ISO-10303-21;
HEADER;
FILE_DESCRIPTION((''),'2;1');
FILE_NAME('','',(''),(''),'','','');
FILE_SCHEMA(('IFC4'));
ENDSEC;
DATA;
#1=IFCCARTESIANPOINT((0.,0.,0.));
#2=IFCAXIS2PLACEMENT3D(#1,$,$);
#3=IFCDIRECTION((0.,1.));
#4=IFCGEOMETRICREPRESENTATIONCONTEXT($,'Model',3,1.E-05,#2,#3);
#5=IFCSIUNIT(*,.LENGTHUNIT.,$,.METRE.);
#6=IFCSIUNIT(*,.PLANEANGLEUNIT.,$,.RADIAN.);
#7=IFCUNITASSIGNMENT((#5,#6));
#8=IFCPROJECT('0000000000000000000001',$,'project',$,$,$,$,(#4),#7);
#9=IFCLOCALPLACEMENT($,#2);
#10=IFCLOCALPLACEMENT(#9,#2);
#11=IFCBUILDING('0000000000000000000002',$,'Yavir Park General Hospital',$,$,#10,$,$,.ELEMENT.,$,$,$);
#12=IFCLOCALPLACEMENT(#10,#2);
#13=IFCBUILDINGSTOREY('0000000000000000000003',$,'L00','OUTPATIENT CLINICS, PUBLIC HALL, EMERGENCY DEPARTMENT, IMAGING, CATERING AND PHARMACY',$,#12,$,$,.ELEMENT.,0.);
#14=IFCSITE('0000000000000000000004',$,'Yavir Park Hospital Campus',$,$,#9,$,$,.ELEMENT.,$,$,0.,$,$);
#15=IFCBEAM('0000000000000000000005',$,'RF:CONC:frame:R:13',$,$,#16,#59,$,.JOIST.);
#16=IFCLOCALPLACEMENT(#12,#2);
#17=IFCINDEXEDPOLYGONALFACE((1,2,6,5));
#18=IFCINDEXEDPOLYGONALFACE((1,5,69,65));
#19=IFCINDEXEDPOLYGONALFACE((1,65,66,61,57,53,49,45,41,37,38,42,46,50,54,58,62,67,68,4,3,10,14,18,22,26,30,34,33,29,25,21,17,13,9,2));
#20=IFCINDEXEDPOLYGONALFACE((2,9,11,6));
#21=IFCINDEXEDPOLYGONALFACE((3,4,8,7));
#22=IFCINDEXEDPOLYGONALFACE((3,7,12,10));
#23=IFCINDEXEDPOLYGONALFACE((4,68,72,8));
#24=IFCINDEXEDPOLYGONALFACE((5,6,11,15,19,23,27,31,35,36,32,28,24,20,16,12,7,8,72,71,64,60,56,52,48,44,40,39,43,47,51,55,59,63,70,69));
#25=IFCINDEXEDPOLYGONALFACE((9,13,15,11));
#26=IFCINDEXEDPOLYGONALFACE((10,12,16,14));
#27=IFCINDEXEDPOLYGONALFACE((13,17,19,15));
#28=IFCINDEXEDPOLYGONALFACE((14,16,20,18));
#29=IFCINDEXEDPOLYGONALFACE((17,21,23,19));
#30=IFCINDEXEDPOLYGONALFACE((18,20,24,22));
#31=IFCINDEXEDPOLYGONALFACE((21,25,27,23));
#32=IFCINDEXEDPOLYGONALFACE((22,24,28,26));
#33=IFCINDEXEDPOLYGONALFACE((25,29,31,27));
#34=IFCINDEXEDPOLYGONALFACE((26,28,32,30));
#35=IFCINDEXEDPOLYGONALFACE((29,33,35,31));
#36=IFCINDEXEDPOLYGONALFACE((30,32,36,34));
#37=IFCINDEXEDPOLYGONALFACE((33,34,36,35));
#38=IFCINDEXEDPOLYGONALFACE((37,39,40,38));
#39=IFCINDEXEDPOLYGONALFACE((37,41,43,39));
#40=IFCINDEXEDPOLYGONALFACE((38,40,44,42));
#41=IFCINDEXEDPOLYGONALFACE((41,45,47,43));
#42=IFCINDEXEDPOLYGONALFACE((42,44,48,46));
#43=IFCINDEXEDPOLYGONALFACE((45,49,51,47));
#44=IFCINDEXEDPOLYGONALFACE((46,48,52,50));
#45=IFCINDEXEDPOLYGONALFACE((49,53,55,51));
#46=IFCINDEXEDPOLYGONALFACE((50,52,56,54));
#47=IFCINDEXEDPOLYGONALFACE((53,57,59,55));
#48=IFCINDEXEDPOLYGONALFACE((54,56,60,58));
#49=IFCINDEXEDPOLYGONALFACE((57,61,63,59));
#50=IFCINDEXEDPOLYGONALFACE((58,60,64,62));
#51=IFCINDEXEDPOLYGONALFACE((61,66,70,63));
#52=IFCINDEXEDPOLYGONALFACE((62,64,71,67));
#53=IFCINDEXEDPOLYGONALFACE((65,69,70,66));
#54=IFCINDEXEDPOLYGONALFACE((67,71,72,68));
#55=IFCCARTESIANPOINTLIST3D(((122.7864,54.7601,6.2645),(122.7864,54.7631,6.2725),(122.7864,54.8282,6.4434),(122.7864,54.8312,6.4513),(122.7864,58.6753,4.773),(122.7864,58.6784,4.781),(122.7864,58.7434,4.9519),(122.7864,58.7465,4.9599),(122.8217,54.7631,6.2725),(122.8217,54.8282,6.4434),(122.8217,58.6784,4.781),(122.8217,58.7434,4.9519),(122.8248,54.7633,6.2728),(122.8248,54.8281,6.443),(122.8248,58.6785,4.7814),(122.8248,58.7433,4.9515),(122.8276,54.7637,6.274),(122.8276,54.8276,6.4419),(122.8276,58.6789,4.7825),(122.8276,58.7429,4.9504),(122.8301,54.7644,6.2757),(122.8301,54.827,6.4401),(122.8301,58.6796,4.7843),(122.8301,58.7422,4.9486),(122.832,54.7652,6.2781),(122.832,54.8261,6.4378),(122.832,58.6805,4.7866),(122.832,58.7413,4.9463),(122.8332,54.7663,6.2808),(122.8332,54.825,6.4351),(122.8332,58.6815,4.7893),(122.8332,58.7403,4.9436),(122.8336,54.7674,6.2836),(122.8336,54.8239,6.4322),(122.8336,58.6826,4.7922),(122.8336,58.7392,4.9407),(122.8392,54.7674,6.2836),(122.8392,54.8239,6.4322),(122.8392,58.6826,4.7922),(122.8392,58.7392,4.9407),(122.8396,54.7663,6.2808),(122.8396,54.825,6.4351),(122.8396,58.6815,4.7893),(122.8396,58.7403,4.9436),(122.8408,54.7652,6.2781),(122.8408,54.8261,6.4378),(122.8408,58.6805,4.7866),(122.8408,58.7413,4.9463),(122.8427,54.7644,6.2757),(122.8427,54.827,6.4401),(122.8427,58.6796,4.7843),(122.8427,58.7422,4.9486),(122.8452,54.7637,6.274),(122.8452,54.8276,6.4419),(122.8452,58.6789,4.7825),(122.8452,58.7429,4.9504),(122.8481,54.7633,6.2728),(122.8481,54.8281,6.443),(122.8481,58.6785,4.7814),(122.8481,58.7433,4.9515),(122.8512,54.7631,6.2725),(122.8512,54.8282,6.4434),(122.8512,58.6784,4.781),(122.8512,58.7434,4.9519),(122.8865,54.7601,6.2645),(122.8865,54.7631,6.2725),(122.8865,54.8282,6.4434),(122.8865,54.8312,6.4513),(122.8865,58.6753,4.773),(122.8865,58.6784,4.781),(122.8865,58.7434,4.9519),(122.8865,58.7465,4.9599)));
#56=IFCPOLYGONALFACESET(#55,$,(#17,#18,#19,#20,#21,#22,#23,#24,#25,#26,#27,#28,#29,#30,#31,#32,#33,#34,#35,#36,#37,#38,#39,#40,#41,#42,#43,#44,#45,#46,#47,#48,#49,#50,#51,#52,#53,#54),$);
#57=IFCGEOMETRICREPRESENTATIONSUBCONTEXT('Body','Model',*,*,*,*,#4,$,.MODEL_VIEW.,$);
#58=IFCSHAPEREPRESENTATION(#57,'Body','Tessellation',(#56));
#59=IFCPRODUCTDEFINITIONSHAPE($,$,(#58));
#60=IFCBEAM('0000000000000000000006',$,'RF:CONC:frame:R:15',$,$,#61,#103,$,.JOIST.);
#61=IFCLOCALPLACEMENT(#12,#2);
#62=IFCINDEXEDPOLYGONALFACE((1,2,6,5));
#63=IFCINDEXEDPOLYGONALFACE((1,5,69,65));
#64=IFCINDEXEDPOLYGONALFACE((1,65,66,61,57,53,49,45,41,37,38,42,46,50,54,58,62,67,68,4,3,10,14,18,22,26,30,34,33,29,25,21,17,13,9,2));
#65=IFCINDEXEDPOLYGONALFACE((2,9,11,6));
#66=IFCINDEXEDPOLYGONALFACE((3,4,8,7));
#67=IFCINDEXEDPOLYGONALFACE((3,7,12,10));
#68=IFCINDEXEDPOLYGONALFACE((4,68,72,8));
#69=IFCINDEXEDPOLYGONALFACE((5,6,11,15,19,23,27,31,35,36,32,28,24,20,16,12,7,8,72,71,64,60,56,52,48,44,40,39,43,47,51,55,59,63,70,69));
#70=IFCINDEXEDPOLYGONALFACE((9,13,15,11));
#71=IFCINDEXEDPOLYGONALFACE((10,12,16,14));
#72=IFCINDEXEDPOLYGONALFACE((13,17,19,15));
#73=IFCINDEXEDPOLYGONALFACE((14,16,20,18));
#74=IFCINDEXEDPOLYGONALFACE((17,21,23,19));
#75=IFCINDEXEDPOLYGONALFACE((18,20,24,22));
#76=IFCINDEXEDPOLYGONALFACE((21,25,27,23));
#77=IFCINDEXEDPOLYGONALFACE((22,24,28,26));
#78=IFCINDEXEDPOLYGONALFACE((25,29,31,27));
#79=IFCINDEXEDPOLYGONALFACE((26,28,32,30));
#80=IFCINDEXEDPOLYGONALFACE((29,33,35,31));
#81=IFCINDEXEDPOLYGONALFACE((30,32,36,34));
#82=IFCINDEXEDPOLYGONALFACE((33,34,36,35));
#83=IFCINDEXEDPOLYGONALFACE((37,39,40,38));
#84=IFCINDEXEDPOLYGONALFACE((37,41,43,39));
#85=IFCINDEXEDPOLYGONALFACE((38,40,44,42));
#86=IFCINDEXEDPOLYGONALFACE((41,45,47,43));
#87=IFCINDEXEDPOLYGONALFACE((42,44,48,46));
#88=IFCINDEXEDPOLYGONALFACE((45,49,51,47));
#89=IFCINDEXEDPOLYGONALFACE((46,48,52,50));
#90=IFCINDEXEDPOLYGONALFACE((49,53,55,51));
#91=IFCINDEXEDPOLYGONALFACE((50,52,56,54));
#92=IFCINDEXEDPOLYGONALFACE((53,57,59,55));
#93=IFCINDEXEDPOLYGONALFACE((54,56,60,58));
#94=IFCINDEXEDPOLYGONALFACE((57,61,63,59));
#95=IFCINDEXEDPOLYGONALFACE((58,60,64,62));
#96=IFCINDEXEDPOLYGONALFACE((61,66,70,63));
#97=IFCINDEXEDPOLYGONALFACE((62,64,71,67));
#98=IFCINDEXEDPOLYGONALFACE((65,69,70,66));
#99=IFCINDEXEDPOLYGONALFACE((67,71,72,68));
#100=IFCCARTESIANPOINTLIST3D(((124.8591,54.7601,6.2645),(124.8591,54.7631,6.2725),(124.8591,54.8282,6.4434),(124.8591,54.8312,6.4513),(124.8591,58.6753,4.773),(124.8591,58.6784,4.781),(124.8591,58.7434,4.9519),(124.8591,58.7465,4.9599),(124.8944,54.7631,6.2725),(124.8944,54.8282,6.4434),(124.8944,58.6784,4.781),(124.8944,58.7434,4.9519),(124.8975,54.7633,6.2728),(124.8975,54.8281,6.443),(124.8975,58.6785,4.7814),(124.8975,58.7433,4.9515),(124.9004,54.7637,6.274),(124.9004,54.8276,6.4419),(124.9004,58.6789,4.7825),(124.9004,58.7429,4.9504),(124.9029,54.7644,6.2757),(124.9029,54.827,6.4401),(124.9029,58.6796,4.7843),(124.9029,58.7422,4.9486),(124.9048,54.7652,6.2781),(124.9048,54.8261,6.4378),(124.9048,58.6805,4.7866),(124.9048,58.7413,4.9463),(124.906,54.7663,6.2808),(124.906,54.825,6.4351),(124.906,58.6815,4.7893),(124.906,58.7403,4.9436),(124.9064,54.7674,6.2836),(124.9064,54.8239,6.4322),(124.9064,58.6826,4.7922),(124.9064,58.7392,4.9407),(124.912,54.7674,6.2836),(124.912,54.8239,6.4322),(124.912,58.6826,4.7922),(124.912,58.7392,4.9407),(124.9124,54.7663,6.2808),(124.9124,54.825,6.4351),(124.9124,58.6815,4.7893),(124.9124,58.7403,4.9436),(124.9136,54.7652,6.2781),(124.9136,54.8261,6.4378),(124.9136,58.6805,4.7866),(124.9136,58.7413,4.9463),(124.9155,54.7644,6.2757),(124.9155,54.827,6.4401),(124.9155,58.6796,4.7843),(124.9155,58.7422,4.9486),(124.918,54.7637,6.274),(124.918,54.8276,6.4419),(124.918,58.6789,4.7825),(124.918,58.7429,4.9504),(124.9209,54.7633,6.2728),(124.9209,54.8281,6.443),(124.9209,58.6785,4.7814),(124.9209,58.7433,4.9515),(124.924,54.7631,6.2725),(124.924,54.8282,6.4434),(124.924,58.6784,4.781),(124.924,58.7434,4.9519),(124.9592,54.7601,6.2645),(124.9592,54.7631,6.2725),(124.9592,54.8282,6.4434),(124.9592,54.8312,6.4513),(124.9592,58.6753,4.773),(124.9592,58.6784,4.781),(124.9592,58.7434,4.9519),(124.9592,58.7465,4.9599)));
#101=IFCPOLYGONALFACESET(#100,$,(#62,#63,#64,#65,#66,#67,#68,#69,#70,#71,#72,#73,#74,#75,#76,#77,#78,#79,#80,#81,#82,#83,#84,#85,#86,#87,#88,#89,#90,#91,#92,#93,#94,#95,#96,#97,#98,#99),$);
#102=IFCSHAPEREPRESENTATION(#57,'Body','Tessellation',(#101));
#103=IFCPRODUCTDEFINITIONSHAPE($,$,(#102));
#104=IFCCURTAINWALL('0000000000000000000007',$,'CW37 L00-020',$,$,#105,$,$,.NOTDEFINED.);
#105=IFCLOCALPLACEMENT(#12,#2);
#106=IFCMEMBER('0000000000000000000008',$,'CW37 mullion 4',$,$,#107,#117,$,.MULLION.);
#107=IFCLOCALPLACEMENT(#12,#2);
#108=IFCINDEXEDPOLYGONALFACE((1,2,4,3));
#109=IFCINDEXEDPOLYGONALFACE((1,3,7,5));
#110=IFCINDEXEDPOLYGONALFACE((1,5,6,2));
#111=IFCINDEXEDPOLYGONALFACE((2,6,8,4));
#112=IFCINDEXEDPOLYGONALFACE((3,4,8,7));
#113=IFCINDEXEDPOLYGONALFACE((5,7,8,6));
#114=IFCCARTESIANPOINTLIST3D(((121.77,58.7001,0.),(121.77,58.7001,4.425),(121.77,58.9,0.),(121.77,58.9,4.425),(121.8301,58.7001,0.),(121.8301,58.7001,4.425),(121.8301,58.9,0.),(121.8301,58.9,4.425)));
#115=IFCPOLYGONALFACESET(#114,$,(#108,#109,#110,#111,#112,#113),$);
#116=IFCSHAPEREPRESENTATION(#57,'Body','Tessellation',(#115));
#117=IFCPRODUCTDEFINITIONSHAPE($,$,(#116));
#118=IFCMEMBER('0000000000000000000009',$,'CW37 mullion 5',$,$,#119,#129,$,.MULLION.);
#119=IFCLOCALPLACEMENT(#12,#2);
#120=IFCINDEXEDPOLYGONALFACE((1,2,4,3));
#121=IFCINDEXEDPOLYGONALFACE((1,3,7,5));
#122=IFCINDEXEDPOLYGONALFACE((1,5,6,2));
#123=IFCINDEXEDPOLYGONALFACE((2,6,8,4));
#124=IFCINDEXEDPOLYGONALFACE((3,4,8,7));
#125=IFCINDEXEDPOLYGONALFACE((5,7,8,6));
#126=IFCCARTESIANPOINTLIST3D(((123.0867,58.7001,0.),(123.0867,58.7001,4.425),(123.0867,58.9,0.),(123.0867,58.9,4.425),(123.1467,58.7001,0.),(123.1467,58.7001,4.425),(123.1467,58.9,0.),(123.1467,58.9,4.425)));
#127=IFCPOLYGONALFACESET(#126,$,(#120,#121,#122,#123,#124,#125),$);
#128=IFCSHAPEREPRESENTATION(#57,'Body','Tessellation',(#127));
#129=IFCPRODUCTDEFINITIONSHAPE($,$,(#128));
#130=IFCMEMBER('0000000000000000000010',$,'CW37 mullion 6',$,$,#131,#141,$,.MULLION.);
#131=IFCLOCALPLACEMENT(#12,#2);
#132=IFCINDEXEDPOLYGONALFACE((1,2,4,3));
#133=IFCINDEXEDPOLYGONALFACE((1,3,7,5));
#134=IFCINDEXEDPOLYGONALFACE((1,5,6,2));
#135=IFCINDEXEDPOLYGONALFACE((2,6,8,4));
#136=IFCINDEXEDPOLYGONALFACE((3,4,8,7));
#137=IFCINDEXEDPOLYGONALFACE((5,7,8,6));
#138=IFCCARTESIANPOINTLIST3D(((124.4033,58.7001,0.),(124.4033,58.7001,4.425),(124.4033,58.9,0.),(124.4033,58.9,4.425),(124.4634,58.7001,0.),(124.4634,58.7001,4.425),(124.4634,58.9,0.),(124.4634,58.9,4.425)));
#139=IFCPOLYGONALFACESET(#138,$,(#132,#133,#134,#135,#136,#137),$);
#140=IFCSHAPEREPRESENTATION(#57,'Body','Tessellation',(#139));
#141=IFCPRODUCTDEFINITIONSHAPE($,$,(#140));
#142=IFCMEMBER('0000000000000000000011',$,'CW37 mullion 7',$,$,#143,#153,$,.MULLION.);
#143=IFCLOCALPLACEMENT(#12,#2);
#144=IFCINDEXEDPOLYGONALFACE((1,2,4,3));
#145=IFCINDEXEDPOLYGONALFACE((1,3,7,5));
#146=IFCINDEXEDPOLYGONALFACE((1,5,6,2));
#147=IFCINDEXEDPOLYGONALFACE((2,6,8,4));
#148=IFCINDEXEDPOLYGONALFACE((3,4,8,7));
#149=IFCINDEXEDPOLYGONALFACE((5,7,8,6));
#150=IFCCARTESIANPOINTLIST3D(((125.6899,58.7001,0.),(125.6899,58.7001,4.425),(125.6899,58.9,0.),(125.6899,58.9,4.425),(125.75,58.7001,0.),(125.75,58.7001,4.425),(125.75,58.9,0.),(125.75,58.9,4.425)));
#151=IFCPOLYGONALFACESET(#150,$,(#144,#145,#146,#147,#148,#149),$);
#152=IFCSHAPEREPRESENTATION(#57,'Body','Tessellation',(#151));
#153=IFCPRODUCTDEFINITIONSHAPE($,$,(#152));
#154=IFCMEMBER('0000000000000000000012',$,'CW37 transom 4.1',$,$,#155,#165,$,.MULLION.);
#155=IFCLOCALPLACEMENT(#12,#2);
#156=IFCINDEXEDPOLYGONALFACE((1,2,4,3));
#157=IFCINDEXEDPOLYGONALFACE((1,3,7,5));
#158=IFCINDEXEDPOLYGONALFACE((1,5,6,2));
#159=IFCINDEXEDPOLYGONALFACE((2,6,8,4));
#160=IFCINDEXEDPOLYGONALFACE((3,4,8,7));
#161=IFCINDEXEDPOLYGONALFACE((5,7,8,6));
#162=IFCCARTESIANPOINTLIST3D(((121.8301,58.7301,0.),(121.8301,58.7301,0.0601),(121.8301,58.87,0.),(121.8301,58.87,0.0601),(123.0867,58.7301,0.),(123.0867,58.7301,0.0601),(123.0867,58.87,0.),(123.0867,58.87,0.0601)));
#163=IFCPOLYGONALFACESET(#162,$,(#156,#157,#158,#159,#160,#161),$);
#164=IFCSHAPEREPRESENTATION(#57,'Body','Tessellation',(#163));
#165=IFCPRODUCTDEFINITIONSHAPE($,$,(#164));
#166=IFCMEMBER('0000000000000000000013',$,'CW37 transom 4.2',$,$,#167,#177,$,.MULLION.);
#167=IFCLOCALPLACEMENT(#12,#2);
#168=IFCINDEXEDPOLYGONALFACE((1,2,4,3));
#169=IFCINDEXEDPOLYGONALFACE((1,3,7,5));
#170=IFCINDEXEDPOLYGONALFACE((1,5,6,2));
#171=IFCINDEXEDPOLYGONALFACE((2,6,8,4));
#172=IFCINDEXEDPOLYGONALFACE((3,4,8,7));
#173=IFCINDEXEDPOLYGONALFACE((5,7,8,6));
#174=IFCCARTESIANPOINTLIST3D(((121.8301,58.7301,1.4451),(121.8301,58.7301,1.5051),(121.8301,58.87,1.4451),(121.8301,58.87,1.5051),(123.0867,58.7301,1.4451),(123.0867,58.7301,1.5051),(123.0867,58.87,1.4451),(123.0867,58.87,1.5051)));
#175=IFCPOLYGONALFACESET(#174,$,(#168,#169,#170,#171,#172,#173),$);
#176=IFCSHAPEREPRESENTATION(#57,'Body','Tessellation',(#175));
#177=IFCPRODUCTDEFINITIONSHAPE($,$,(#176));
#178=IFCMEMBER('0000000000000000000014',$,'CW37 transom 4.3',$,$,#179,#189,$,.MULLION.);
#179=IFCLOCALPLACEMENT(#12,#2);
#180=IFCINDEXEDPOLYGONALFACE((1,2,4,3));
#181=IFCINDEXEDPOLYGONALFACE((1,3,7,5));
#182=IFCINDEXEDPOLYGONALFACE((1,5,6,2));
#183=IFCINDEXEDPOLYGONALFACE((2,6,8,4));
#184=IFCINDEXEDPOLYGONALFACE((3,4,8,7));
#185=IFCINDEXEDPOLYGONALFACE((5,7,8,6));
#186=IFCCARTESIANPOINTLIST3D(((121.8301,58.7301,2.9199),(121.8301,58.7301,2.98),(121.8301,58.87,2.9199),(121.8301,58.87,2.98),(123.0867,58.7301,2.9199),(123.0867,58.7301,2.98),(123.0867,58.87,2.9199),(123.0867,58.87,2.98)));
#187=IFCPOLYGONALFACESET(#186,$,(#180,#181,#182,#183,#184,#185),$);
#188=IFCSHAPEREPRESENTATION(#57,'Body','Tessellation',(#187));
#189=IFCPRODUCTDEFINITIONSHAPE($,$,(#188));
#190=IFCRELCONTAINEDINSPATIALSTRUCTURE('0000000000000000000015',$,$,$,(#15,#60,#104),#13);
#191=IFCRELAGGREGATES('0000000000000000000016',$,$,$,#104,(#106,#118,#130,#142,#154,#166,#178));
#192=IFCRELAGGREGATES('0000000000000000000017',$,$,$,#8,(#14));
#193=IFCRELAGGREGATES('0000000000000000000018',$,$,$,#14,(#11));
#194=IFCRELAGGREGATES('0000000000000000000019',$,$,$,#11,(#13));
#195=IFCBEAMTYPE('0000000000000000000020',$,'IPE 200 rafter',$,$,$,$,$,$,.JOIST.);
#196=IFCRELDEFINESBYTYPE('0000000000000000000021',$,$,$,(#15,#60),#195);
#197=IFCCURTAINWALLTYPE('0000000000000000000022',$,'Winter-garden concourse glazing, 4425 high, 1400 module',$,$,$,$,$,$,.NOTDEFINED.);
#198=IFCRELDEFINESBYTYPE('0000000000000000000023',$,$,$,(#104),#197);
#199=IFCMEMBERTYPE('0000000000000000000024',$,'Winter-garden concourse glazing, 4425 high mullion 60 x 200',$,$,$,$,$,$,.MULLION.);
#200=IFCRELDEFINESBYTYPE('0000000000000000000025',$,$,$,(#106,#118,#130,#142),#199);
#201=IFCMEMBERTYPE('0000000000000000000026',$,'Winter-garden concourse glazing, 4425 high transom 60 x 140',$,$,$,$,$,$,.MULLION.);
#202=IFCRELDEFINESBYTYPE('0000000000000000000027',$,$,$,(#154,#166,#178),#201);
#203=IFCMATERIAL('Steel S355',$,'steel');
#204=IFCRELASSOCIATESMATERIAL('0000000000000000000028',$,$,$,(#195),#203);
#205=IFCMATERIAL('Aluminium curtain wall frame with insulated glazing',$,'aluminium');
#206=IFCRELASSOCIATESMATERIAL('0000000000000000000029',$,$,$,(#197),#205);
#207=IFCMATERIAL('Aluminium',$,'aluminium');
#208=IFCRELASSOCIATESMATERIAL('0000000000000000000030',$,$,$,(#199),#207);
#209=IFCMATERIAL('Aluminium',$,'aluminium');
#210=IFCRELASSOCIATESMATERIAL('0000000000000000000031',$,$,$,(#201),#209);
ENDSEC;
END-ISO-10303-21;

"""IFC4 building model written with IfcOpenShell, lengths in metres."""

from ifc_helpers import new_model, si_unit, direction, frame, origin, origin_2d, place, context, subcontext, project, spatial, rectangle, i_section, extrude, material, material_profile, profile_set, type_object, element, aggregate, save


model = new_model("IFC4")

# Units and contexts
model_context = context("Model", 3, precision=1e-05, world=origin(), true_north=direction((0.0, 1.0)))
body_context = subcontext(model_context, "Body", "Model", "MODEL_VIEW")
ifc_project = project(units=[si_unit("LENGTHUNIT", "METRE"), si_unit("PLANEANGLEUNIT", "RADIAN")], contexts=[model_context])

# Site, building, storey
site_placement = place(None, origin())
site = spatial("IfcSite", under=ifc_project, at=site_placement, Name="Yavir Park Hospital Campus", CompositionType="ELEMENT", RefElevation=0.0)
building_placement = place(site_placement, origin())
building = spatial("IfcBuilding", under=site, at=building_placement, Name="Yavir Park General Hospital", CompositionType="ELEMENT")
storey_placement = place(building_placement, origin())
storey = spatial("IfcBuildingStorey", under=building, at=storey_placement, Name="L00", Description="OUTPATIENT CLINICS, PUBLIC HALL, EMERGENCY DEPARTMENT, IMAGING, CATERING AND PHARMACY", CompositionType="ELEMENT", Elevation=0.0)

# Beams
ifc_material_1 = material(Name="Steel S355", Category="steel")
ifc_material_profile_1 = material_profile(ifc_material_1, i_section(OverallWidth=0.1001, OverallDepth=0.2, WebThickness=0.0056, FlangeThickness=0.0085, FilletRadius=0.012, at=origin_2d()), Name="IPE200")
ifc_profile_set_1 = profile_set([ifc_material_profile_1], Name="Steel S355")
beam_type_1 = type_object("IfcBeamType", Name="IPE 200 rafter", PredefinedType="JOIST", material=ifc_profile_set_1)
for number, where, z_axis, x_axis, name in (
    (1, (122.8364, 54.7957, 6.3579), (0.0, 0.934494, -0.355978), (-1.0, 0.0, 0.0), "RF:CONC:frame:R:13"),
    (2, (124.9092, 54.7957, 6.3579), (0.0, 0.934494, -0.355978), (-1.0, 0.0, 0.0), "RF:CONC:frame:R:15"),
):
    element("IfcBeam", number, at=place(storey_placement, frame(where, z_axis=z_axis, x_axis=x_axis)), inside=storey, type_object=beam_type_1, Name=name, PredefinedType="JOIST", context=body_context, shape_type="SweptSolid", body=[
        extrude(i_section(OverallWidth=0.1001, OverallDepth=0.2, WebThickness=0.0056, FlangeThickness=0.0085, FilletRadius=0.012, at=origin_2d()), origin(), (0.0, 0.0, 1.0), 4.1897),
    ])

# Curtain wall, members
ifc_material_2 = material(Name="Aluminium curtain wall frame with insulated glazing", Category="aluminium")
curtain_wall_type = type_object("IfcCurtainWallType", Name="Winter-garden concourse glazing, 4425 high, 1400 module", PredefinedType="NOTDEFINED", material=ifc_material_2)
curtain_wall_placement = place(storey_placement, origin())
curtain_wall = element("IfcCurtainWall", 3, at=curtain_wall_placement, inside=storey, type_object=curtain_wall_type, Name="CW37 L00-020", PredefinedType="NOTDEFINED")
ifc_material_3 = material(Name="Aluminium", Category="aluminium")
ifc_material_profile_2 = material_profile(ifc_material_3, rectangle(XDim=0.2, YDim=0.0601, at=origin_2d()), Name="AL 60x200")
ifc_profile_set_2 = profile_set([ifc_material_profile_2], Name="Aluminium")
member_type_1 = type_object("IfcMemberType", Name="Winter-garden concourse glazing, 4425 high mullion 60 x 200", PredefinedType="MULLION", material=ifc_profile_set_2)
member_1_placement = place(storey_placement, frame((121.8, 58.8, 0.0), z_axis=(0.0, 0.0, 1.0), x_axis=(0.0, 1.0, 0.0)))
member_1 = element("IfcMember", 4, at=member_1_placement, type_object=member_type_1, Name="CW37 mullion 4", PredefinedType="MULLION", context=body_context, shape_type="SweptSolid", body=[
    extrude(rectangle(XDim=0.2, YDim=0.0601, at=origin_2d()), origin(), (0.0, 0.0, 1.0), 4.425),
])
member_2_placement = place(storey_placement, frame((123.1167, 58.8, 0.0), z_axis=(0.0, 0.0, 1.0), x_axis=(0.0, 1.0, 0.0)))
member_2 = element("IfcMember", 5, at=member_2_placement, type_object=member_type_1, Name="CW37 mullion 5", PredefinedType="MULLION", context=body_context, shape_type="SweptSolid", body=[
    extrude(rectangle(XDim=0.2, YDim=0.0601, at=origin_2d()), origin(), (0.0, 0.0, 1.0), 4.425),
])
member_3_placement = place(storey_placement, frame((124.4333, 58.8, 0.0), z_axis=(0.0, 0.0, 1.0), x_axis=(0.0, 1.0, 0.0)))
member_3 = element("IfcMember", 6, at=member_3_placement, type_object=member_type_1, Name="CW37 mullion 6", PredefinedType="MULLION", context=body_context, shape_type="SweptSolid", body=[
    extrude(rectangle(XDim=0.2, YDim=0.0601, at=origin_2d()), origin(), (0.0, 0.0, 1.0), 4.425),
])
member_4_placement = place(storey_placement, frame((125.72, 58.8, 0.0), z_axis=(0.0, 0.0, 1.0), x_axis=(0.0, 1.0, 0.0)))
member_4 = element("IfcMember", 7, at=member_4_placement, type_object=member_type_1, Name="CW37 mullion 7", PredefinedType="MULLION", context=body_context, shape_type="SweptSolid", body=[
    extrude(rectangle(XDim=0.2, YDim=0.0601, at=origin_2d()), origin(), (0.0, 0.0, 1.0), 4.425),
])
ifc_material_4 = material(Name="Aluminium", Category="aluminium")
ifc_material_profile_3 = material_profile(ifc_material_4, rectangle(XDim=0.1399, YDim=0.0601, at=origin_2d()), Name="AL 140x60")
ifc_profile_set_3 = profile_set([ifc_material_profile_3], Name="Aluminium")
member_type_2 = type_object("IfcMemberType", Name="Winter-garden concourse glazing, 4425 high transom 60 x 140", PredefinedType="MULLION", material=ifc_profile_set_3)
member_5_placement = place(storey_placement, frame((121.8301, 58.8, 0.03), z_axis=(1.0, 0.0, 0.0), x_axis=(0.0, 1.0, 0.0)))
member_5 = element("IfcMember", 8, at=member_5_placement, type_object=member_type_2, Name="CW37 transom 4.1", PredefinedType="MULLION", context=body_context, shape_type="SweptSolid", body=[
    extrude(rectangle(XDim=0.1399, YDim=0.0601, at=origin_2d()), origin(), (0.0, 0.0, 1.0), 1.2566),
])
member_6_placement = place(storey_placement, frame((121.8301, 58.8, 1.4751), z_axis=(1.0, 0.0, 0.0), x_axis=(0.0, 1.0, 0.0)))
member_6 = element("IfcMember", 9, at=member_6_placement, type_object=member_type_2, Name="CW37 transom 4.2", PredefinedType="MULLION", context=body_context, shape_type="SweptSolid", body=[
    extrude(rectangle(XDim=0.1399, YDim=0.0601, at=origin_2d()), origin(), (0.0, 0.0, 1.0), 1.2566),
])
member_7_placement = place(storey_placement, frame((121.8301, 58.8, 2.95), z_axis=(1.0, 0.0, 0.0), x_axis=(0.0, 1.0, 0.0)))
member_7 = element("IfcMember", 10, at=member_7_placement, type_object=member_type_2, Name="CW37 transom 4.3", PredefinedType="MULLION", context=body_context, shape_type="SweptSolid", body=[
    extrude(rectangle(XDim=0.1399, YDim=0.0601, at=origin_2d()), origin(), (0.0, 0.0, 1.0), 1.2566),
])
aggregate(curtain_wall, [member_1, member_2, member_3, member_4, member_5, member_6, member_7])

save(model, "model.ifc")
